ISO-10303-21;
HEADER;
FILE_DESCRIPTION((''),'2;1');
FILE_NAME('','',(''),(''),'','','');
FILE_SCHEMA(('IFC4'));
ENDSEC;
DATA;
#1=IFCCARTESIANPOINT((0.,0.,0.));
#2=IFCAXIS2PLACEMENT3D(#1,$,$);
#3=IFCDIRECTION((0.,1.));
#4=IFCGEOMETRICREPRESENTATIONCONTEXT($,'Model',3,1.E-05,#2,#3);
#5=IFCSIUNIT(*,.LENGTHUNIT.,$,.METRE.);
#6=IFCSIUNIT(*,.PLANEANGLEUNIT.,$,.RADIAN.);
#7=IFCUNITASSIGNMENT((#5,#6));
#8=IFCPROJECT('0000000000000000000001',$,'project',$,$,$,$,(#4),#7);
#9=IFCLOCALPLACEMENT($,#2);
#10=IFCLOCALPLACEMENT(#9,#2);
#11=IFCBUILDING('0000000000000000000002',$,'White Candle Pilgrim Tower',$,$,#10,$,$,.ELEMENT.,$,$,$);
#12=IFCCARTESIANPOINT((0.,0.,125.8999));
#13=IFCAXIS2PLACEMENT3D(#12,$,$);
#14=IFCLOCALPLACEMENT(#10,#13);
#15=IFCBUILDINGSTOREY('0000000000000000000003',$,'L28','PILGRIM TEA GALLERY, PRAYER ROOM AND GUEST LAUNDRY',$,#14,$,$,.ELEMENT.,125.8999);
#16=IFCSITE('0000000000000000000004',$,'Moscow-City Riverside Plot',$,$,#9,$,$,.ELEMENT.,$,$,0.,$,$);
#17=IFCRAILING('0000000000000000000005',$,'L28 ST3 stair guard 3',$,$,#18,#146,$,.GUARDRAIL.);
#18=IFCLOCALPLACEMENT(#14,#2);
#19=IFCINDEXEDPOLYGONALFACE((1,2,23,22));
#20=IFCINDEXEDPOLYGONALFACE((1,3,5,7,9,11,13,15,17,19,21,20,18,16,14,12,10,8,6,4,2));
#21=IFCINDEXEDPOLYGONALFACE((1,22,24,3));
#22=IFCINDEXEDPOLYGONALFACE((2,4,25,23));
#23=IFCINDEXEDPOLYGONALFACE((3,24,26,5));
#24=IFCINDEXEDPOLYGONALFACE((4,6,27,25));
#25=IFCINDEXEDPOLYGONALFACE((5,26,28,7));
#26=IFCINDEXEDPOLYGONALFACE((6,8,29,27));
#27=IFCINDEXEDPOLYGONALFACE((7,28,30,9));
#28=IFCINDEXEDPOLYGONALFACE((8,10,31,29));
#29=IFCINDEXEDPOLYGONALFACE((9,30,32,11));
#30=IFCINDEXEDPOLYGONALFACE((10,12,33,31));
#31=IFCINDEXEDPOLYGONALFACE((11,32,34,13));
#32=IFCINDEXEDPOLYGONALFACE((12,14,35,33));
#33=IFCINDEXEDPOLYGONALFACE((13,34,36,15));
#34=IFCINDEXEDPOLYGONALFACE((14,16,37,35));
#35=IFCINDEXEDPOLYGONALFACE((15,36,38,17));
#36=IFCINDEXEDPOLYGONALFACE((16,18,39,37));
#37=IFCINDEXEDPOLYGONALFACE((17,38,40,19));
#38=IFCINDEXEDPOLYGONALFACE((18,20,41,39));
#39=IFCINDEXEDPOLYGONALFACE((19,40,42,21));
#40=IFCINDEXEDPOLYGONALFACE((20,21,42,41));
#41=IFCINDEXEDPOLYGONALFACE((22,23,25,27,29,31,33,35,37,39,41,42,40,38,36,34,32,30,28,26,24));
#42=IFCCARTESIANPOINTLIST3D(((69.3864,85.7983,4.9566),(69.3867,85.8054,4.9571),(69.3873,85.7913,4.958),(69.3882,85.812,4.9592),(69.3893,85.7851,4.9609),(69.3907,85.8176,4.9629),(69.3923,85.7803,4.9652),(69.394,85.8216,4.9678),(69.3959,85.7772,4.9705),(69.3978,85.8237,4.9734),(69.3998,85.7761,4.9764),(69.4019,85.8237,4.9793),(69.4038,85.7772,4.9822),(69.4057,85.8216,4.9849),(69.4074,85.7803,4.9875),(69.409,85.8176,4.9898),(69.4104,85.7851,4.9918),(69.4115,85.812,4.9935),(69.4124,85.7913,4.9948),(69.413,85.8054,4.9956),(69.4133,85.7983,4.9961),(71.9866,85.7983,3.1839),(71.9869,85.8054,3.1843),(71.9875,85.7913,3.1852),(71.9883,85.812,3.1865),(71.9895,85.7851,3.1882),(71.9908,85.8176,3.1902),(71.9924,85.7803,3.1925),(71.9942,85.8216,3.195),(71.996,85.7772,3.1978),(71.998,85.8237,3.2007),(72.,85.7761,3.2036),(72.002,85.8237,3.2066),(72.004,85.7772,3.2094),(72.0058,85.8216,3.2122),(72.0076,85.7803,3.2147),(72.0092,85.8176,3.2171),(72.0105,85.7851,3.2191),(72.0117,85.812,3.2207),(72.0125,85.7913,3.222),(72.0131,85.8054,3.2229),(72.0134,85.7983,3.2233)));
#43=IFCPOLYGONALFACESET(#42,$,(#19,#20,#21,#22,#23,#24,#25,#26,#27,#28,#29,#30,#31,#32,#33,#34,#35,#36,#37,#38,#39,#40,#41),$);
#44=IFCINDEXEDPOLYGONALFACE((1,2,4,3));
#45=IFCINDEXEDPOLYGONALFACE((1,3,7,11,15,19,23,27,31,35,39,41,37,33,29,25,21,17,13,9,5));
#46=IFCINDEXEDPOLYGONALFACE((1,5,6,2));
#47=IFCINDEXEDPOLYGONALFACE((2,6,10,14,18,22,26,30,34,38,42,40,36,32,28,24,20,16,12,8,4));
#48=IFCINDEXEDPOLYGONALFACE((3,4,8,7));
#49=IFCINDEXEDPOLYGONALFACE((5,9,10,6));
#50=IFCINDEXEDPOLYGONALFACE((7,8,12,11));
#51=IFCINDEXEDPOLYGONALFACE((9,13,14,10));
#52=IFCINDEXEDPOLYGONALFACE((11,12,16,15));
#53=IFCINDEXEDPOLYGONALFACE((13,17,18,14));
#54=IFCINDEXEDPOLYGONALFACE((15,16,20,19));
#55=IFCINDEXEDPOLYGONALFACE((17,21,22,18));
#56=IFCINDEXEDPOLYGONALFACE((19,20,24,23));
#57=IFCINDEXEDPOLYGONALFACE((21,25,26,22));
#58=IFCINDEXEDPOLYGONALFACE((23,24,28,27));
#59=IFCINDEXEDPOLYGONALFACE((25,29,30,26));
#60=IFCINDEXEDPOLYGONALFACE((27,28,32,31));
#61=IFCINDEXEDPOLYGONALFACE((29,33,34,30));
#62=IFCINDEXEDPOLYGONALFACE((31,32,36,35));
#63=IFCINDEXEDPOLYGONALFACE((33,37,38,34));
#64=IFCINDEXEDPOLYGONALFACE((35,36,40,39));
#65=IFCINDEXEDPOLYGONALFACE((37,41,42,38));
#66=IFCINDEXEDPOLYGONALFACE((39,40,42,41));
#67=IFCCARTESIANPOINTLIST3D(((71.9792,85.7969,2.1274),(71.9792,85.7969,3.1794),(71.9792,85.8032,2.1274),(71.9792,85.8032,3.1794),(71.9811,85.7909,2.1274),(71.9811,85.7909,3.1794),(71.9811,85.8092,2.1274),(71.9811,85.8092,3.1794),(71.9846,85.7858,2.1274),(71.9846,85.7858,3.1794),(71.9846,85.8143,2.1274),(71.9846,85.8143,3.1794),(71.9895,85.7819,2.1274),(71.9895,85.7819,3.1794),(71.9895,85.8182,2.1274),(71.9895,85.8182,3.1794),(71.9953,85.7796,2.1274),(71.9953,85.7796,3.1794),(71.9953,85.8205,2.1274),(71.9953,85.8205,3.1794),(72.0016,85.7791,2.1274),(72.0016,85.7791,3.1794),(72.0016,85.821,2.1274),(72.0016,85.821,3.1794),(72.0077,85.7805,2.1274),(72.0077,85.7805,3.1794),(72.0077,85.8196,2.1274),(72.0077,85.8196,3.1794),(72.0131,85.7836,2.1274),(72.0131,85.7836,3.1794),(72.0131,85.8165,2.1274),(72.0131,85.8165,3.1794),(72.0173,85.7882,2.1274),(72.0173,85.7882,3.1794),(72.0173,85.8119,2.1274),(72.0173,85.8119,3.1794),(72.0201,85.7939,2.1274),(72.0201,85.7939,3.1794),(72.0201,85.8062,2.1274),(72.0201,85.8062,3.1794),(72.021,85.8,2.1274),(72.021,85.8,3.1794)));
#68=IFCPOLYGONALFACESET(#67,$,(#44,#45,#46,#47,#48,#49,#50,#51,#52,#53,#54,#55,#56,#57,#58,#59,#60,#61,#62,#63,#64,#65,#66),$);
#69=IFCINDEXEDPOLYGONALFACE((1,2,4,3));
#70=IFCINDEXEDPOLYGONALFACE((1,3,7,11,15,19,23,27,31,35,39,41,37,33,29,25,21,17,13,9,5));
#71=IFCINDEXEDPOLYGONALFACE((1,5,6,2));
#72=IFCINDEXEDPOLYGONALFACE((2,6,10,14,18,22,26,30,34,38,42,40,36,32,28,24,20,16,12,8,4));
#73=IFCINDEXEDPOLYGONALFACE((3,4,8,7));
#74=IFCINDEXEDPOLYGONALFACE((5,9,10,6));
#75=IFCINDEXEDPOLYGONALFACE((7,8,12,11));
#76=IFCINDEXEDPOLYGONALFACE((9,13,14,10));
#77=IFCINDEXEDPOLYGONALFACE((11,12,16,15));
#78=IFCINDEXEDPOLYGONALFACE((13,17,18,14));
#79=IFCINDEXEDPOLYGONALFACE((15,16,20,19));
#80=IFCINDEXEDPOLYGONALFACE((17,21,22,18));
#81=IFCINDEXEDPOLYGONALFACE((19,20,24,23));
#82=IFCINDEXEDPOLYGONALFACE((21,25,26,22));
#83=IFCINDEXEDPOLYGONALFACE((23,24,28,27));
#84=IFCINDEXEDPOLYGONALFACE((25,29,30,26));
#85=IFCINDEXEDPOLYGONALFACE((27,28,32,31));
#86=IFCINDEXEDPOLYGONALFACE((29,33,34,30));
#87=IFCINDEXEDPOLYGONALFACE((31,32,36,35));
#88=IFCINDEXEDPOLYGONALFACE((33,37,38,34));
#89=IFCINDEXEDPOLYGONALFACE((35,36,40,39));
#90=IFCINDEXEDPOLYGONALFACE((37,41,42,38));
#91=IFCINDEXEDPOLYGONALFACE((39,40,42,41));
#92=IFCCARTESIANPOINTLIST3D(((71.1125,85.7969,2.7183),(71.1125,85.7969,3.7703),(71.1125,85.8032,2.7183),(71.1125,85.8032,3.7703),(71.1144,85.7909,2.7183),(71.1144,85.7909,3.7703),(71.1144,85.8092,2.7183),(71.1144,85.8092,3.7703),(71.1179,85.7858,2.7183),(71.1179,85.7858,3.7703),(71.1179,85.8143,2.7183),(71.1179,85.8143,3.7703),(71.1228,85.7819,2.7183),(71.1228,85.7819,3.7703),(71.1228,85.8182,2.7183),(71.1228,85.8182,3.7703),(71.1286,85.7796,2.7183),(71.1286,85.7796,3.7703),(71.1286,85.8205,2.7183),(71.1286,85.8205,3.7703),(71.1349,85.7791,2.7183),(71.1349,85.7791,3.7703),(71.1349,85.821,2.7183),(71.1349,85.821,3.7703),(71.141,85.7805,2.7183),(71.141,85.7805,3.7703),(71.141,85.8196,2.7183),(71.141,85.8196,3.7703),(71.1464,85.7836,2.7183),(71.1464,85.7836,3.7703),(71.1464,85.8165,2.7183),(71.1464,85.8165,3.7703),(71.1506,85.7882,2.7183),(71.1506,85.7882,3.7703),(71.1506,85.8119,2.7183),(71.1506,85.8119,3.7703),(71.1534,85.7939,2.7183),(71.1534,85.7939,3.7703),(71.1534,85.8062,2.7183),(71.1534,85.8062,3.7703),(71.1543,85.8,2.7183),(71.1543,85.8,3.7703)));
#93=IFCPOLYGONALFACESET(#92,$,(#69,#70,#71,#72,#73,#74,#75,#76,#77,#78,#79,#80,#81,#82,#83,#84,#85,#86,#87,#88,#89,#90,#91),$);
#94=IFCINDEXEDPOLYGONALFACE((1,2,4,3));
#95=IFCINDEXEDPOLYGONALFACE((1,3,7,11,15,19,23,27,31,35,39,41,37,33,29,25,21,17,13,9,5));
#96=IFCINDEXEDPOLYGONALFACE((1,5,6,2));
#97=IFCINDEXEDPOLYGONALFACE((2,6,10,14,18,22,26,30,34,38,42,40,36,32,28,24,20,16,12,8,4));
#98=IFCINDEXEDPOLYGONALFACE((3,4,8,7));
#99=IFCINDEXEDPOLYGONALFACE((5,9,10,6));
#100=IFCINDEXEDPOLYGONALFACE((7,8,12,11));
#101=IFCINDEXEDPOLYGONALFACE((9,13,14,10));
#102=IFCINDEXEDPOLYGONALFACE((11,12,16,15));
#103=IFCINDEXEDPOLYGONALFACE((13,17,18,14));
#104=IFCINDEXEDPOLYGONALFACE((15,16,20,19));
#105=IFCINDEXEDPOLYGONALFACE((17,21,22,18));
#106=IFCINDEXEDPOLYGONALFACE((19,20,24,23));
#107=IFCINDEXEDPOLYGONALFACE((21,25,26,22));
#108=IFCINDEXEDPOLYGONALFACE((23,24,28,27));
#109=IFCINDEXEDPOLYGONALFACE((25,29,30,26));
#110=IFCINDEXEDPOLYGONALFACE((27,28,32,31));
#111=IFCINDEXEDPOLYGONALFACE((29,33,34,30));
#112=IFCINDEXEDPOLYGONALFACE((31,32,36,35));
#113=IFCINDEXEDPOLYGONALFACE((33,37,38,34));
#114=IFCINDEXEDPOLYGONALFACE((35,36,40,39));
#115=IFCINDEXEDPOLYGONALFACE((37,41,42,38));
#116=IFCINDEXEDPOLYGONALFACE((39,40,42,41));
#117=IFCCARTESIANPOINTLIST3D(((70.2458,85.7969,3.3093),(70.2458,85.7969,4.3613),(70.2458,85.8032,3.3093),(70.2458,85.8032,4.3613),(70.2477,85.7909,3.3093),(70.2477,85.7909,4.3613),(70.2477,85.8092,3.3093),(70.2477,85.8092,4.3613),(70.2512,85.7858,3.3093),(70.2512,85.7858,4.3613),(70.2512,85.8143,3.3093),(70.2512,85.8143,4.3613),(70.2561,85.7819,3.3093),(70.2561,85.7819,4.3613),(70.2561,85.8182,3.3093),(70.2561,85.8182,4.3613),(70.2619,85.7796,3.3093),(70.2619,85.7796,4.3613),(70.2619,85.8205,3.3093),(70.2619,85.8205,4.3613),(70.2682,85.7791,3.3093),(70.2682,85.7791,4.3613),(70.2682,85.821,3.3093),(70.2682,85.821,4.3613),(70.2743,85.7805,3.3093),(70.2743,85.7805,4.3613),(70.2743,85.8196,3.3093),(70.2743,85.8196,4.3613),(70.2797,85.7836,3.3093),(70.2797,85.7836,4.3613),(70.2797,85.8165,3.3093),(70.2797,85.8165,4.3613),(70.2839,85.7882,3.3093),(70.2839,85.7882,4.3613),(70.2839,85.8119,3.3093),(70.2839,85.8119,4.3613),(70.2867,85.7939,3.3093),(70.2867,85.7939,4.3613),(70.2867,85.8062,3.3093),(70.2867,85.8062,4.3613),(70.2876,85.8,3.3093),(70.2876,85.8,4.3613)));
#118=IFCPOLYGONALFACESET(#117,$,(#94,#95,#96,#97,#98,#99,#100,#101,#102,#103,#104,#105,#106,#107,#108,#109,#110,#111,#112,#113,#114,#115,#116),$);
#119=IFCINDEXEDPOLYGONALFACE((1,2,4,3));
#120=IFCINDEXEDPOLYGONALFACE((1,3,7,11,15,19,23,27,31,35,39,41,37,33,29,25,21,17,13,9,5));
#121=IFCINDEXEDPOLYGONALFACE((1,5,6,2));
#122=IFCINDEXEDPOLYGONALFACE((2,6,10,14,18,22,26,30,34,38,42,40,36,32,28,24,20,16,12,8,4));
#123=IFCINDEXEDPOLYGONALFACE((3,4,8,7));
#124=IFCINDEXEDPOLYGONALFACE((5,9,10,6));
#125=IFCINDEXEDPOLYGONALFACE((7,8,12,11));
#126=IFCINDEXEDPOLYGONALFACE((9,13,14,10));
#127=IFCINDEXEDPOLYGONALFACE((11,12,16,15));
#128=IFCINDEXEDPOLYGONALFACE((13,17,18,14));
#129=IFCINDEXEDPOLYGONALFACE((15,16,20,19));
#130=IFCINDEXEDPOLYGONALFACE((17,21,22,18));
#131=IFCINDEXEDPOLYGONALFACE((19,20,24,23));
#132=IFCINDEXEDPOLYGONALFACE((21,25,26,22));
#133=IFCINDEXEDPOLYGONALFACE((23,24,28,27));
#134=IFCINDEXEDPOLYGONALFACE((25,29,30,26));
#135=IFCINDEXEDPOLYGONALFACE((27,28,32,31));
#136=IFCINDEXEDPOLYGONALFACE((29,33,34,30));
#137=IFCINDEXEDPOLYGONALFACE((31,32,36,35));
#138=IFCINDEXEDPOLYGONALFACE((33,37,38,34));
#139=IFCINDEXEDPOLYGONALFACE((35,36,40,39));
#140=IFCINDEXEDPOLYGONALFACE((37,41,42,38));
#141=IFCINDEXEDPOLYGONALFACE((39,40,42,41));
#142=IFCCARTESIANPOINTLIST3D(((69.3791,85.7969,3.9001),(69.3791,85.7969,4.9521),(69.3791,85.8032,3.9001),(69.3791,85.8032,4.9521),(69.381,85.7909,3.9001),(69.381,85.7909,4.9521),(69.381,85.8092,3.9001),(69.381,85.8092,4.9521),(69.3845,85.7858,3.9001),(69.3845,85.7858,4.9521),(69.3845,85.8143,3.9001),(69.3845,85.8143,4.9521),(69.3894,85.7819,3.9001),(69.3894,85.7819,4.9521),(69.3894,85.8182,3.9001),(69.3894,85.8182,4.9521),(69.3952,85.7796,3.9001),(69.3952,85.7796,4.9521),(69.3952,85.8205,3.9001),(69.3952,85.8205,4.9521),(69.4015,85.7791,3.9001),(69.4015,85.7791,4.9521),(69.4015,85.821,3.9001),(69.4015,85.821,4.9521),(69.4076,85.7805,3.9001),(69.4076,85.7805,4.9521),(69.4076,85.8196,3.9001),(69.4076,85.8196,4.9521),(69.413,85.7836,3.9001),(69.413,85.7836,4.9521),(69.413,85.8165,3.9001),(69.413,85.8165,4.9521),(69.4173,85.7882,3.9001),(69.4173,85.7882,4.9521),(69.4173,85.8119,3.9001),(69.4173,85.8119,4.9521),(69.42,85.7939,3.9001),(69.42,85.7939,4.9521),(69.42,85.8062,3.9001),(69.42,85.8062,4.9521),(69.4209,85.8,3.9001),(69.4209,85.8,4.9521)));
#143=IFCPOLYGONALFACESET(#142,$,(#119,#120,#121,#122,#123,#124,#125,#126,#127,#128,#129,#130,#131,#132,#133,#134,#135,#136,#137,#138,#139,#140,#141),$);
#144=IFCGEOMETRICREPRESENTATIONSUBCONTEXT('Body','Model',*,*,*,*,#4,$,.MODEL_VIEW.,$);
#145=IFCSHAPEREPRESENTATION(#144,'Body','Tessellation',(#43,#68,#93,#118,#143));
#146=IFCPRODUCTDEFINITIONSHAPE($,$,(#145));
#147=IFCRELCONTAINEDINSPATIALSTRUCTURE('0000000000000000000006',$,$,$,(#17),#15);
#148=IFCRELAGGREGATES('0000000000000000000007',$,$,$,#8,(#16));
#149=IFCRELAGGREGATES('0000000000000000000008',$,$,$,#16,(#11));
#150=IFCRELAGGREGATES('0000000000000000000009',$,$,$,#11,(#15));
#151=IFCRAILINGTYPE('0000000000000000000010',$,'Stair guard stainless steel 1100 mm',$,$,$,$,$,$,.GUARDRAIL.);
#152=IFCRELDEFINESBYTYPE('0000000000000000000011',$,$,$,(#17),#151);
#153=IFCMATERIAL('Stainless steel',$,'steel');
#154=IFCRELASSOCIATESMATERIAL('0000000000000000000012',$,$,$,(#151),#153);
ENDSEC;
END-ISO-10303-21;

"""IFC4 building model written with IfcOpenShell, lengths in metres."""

from ifc_helpers import new_model, si_unit, direction, frame, origin, origin_2d, place, context, subcontext, project, spatial, circle, extrude, material, type_object, element, save


model = new_model("IFC4")

# Units and contexts
model_context = context("Model", 3, precision=1e-05, world=origin(), true_north=direction((0.0, 1.0)))
body_context = subcontext(model_context, "Body", "Model", "MODEL_VIEW")
ifc_project = project(units=[si_unit("LENGTHUNIT", "METRE"), si_unit("PLANEANGLEUNIT", "RADIAN")], contexts=[model_context])

# Site, building, storey
site_placement = place(None, origin())
site = spatial("IfcSite", under=ifc_project, at=site_placement, Name="Moscow-City Riverside Plot", CompositionType="ELEMENT", RefElevation=0.0)
building_placement = place(site_placement, origin())
building = spatial("IfcBuilding", under=site, at=building_placement, Name="White Candle Pilgrim Tower", CompositionType="ELEMENT")
storey_placement = place(building_placement, frame((0.0, 0.0, 125.8999)))
storey = spatial("IfcBuildingStorey", under=building, at=storey_placement, Name="L28", Description="PILGRIM TEA GALLERY, PRAYER ROOM AND GUEST LAUNDRY", CompositionType="ELEMENT", Elevation=125.8999)

# Railing
ifc_material_1 = material(Name="Stainless steel", Category="steel")
railing_type_1 = type_object("IfcRailingType", Name="Stair guard stainless steel 1100 mm", PredefinedType="GUARDRAIL", material=ifc_material_1)
railing_1_placement = place(storey_placement, frame((72.0, 85.8, 2.1274)))
element("IfcRailing", 1, at=railing_1_placement, inside=storey, type_object=railing_type_1, Name="L28 ST3 stair guard 3", PredefinedType="GUARDRAIL", context=body_context, shape_type="SweptSolid", body=[
    extrude(circle(Radius=0.0239, at=origin_2d()), frame((0.0, 0.0, 1.0762), z_axis=(-0.82624, 0.0, 0.563318), x_axis=(0.0, -1.0, 0.0)), (0.0, 0.0, 1.0), 3.147),
    extrude(circle(Radius=0.021, at=origin_2d()), origin(), (0.0, 0.0, 1.0), 1.052),
    extrude(circle(Radius=0.021, at=origin_2d()), frame((-0.8667, 0.0, 0.5908)), (0.0, 0.0, 1.0), 1.052),
    extrude(circle(Radius=0.021, at=origin_2d()), frame((-1.7334, 0.0, 1.1819)), (0.0, 0.0, 1.0), 1.052),
    extrude(circle(Radius=0.021, at=origin_2d()), frame((-2.6001, 0.0, 1.7727)), (0.0, 0.0, 1.0), 1.052),
])

save(model, "model.ifc")
